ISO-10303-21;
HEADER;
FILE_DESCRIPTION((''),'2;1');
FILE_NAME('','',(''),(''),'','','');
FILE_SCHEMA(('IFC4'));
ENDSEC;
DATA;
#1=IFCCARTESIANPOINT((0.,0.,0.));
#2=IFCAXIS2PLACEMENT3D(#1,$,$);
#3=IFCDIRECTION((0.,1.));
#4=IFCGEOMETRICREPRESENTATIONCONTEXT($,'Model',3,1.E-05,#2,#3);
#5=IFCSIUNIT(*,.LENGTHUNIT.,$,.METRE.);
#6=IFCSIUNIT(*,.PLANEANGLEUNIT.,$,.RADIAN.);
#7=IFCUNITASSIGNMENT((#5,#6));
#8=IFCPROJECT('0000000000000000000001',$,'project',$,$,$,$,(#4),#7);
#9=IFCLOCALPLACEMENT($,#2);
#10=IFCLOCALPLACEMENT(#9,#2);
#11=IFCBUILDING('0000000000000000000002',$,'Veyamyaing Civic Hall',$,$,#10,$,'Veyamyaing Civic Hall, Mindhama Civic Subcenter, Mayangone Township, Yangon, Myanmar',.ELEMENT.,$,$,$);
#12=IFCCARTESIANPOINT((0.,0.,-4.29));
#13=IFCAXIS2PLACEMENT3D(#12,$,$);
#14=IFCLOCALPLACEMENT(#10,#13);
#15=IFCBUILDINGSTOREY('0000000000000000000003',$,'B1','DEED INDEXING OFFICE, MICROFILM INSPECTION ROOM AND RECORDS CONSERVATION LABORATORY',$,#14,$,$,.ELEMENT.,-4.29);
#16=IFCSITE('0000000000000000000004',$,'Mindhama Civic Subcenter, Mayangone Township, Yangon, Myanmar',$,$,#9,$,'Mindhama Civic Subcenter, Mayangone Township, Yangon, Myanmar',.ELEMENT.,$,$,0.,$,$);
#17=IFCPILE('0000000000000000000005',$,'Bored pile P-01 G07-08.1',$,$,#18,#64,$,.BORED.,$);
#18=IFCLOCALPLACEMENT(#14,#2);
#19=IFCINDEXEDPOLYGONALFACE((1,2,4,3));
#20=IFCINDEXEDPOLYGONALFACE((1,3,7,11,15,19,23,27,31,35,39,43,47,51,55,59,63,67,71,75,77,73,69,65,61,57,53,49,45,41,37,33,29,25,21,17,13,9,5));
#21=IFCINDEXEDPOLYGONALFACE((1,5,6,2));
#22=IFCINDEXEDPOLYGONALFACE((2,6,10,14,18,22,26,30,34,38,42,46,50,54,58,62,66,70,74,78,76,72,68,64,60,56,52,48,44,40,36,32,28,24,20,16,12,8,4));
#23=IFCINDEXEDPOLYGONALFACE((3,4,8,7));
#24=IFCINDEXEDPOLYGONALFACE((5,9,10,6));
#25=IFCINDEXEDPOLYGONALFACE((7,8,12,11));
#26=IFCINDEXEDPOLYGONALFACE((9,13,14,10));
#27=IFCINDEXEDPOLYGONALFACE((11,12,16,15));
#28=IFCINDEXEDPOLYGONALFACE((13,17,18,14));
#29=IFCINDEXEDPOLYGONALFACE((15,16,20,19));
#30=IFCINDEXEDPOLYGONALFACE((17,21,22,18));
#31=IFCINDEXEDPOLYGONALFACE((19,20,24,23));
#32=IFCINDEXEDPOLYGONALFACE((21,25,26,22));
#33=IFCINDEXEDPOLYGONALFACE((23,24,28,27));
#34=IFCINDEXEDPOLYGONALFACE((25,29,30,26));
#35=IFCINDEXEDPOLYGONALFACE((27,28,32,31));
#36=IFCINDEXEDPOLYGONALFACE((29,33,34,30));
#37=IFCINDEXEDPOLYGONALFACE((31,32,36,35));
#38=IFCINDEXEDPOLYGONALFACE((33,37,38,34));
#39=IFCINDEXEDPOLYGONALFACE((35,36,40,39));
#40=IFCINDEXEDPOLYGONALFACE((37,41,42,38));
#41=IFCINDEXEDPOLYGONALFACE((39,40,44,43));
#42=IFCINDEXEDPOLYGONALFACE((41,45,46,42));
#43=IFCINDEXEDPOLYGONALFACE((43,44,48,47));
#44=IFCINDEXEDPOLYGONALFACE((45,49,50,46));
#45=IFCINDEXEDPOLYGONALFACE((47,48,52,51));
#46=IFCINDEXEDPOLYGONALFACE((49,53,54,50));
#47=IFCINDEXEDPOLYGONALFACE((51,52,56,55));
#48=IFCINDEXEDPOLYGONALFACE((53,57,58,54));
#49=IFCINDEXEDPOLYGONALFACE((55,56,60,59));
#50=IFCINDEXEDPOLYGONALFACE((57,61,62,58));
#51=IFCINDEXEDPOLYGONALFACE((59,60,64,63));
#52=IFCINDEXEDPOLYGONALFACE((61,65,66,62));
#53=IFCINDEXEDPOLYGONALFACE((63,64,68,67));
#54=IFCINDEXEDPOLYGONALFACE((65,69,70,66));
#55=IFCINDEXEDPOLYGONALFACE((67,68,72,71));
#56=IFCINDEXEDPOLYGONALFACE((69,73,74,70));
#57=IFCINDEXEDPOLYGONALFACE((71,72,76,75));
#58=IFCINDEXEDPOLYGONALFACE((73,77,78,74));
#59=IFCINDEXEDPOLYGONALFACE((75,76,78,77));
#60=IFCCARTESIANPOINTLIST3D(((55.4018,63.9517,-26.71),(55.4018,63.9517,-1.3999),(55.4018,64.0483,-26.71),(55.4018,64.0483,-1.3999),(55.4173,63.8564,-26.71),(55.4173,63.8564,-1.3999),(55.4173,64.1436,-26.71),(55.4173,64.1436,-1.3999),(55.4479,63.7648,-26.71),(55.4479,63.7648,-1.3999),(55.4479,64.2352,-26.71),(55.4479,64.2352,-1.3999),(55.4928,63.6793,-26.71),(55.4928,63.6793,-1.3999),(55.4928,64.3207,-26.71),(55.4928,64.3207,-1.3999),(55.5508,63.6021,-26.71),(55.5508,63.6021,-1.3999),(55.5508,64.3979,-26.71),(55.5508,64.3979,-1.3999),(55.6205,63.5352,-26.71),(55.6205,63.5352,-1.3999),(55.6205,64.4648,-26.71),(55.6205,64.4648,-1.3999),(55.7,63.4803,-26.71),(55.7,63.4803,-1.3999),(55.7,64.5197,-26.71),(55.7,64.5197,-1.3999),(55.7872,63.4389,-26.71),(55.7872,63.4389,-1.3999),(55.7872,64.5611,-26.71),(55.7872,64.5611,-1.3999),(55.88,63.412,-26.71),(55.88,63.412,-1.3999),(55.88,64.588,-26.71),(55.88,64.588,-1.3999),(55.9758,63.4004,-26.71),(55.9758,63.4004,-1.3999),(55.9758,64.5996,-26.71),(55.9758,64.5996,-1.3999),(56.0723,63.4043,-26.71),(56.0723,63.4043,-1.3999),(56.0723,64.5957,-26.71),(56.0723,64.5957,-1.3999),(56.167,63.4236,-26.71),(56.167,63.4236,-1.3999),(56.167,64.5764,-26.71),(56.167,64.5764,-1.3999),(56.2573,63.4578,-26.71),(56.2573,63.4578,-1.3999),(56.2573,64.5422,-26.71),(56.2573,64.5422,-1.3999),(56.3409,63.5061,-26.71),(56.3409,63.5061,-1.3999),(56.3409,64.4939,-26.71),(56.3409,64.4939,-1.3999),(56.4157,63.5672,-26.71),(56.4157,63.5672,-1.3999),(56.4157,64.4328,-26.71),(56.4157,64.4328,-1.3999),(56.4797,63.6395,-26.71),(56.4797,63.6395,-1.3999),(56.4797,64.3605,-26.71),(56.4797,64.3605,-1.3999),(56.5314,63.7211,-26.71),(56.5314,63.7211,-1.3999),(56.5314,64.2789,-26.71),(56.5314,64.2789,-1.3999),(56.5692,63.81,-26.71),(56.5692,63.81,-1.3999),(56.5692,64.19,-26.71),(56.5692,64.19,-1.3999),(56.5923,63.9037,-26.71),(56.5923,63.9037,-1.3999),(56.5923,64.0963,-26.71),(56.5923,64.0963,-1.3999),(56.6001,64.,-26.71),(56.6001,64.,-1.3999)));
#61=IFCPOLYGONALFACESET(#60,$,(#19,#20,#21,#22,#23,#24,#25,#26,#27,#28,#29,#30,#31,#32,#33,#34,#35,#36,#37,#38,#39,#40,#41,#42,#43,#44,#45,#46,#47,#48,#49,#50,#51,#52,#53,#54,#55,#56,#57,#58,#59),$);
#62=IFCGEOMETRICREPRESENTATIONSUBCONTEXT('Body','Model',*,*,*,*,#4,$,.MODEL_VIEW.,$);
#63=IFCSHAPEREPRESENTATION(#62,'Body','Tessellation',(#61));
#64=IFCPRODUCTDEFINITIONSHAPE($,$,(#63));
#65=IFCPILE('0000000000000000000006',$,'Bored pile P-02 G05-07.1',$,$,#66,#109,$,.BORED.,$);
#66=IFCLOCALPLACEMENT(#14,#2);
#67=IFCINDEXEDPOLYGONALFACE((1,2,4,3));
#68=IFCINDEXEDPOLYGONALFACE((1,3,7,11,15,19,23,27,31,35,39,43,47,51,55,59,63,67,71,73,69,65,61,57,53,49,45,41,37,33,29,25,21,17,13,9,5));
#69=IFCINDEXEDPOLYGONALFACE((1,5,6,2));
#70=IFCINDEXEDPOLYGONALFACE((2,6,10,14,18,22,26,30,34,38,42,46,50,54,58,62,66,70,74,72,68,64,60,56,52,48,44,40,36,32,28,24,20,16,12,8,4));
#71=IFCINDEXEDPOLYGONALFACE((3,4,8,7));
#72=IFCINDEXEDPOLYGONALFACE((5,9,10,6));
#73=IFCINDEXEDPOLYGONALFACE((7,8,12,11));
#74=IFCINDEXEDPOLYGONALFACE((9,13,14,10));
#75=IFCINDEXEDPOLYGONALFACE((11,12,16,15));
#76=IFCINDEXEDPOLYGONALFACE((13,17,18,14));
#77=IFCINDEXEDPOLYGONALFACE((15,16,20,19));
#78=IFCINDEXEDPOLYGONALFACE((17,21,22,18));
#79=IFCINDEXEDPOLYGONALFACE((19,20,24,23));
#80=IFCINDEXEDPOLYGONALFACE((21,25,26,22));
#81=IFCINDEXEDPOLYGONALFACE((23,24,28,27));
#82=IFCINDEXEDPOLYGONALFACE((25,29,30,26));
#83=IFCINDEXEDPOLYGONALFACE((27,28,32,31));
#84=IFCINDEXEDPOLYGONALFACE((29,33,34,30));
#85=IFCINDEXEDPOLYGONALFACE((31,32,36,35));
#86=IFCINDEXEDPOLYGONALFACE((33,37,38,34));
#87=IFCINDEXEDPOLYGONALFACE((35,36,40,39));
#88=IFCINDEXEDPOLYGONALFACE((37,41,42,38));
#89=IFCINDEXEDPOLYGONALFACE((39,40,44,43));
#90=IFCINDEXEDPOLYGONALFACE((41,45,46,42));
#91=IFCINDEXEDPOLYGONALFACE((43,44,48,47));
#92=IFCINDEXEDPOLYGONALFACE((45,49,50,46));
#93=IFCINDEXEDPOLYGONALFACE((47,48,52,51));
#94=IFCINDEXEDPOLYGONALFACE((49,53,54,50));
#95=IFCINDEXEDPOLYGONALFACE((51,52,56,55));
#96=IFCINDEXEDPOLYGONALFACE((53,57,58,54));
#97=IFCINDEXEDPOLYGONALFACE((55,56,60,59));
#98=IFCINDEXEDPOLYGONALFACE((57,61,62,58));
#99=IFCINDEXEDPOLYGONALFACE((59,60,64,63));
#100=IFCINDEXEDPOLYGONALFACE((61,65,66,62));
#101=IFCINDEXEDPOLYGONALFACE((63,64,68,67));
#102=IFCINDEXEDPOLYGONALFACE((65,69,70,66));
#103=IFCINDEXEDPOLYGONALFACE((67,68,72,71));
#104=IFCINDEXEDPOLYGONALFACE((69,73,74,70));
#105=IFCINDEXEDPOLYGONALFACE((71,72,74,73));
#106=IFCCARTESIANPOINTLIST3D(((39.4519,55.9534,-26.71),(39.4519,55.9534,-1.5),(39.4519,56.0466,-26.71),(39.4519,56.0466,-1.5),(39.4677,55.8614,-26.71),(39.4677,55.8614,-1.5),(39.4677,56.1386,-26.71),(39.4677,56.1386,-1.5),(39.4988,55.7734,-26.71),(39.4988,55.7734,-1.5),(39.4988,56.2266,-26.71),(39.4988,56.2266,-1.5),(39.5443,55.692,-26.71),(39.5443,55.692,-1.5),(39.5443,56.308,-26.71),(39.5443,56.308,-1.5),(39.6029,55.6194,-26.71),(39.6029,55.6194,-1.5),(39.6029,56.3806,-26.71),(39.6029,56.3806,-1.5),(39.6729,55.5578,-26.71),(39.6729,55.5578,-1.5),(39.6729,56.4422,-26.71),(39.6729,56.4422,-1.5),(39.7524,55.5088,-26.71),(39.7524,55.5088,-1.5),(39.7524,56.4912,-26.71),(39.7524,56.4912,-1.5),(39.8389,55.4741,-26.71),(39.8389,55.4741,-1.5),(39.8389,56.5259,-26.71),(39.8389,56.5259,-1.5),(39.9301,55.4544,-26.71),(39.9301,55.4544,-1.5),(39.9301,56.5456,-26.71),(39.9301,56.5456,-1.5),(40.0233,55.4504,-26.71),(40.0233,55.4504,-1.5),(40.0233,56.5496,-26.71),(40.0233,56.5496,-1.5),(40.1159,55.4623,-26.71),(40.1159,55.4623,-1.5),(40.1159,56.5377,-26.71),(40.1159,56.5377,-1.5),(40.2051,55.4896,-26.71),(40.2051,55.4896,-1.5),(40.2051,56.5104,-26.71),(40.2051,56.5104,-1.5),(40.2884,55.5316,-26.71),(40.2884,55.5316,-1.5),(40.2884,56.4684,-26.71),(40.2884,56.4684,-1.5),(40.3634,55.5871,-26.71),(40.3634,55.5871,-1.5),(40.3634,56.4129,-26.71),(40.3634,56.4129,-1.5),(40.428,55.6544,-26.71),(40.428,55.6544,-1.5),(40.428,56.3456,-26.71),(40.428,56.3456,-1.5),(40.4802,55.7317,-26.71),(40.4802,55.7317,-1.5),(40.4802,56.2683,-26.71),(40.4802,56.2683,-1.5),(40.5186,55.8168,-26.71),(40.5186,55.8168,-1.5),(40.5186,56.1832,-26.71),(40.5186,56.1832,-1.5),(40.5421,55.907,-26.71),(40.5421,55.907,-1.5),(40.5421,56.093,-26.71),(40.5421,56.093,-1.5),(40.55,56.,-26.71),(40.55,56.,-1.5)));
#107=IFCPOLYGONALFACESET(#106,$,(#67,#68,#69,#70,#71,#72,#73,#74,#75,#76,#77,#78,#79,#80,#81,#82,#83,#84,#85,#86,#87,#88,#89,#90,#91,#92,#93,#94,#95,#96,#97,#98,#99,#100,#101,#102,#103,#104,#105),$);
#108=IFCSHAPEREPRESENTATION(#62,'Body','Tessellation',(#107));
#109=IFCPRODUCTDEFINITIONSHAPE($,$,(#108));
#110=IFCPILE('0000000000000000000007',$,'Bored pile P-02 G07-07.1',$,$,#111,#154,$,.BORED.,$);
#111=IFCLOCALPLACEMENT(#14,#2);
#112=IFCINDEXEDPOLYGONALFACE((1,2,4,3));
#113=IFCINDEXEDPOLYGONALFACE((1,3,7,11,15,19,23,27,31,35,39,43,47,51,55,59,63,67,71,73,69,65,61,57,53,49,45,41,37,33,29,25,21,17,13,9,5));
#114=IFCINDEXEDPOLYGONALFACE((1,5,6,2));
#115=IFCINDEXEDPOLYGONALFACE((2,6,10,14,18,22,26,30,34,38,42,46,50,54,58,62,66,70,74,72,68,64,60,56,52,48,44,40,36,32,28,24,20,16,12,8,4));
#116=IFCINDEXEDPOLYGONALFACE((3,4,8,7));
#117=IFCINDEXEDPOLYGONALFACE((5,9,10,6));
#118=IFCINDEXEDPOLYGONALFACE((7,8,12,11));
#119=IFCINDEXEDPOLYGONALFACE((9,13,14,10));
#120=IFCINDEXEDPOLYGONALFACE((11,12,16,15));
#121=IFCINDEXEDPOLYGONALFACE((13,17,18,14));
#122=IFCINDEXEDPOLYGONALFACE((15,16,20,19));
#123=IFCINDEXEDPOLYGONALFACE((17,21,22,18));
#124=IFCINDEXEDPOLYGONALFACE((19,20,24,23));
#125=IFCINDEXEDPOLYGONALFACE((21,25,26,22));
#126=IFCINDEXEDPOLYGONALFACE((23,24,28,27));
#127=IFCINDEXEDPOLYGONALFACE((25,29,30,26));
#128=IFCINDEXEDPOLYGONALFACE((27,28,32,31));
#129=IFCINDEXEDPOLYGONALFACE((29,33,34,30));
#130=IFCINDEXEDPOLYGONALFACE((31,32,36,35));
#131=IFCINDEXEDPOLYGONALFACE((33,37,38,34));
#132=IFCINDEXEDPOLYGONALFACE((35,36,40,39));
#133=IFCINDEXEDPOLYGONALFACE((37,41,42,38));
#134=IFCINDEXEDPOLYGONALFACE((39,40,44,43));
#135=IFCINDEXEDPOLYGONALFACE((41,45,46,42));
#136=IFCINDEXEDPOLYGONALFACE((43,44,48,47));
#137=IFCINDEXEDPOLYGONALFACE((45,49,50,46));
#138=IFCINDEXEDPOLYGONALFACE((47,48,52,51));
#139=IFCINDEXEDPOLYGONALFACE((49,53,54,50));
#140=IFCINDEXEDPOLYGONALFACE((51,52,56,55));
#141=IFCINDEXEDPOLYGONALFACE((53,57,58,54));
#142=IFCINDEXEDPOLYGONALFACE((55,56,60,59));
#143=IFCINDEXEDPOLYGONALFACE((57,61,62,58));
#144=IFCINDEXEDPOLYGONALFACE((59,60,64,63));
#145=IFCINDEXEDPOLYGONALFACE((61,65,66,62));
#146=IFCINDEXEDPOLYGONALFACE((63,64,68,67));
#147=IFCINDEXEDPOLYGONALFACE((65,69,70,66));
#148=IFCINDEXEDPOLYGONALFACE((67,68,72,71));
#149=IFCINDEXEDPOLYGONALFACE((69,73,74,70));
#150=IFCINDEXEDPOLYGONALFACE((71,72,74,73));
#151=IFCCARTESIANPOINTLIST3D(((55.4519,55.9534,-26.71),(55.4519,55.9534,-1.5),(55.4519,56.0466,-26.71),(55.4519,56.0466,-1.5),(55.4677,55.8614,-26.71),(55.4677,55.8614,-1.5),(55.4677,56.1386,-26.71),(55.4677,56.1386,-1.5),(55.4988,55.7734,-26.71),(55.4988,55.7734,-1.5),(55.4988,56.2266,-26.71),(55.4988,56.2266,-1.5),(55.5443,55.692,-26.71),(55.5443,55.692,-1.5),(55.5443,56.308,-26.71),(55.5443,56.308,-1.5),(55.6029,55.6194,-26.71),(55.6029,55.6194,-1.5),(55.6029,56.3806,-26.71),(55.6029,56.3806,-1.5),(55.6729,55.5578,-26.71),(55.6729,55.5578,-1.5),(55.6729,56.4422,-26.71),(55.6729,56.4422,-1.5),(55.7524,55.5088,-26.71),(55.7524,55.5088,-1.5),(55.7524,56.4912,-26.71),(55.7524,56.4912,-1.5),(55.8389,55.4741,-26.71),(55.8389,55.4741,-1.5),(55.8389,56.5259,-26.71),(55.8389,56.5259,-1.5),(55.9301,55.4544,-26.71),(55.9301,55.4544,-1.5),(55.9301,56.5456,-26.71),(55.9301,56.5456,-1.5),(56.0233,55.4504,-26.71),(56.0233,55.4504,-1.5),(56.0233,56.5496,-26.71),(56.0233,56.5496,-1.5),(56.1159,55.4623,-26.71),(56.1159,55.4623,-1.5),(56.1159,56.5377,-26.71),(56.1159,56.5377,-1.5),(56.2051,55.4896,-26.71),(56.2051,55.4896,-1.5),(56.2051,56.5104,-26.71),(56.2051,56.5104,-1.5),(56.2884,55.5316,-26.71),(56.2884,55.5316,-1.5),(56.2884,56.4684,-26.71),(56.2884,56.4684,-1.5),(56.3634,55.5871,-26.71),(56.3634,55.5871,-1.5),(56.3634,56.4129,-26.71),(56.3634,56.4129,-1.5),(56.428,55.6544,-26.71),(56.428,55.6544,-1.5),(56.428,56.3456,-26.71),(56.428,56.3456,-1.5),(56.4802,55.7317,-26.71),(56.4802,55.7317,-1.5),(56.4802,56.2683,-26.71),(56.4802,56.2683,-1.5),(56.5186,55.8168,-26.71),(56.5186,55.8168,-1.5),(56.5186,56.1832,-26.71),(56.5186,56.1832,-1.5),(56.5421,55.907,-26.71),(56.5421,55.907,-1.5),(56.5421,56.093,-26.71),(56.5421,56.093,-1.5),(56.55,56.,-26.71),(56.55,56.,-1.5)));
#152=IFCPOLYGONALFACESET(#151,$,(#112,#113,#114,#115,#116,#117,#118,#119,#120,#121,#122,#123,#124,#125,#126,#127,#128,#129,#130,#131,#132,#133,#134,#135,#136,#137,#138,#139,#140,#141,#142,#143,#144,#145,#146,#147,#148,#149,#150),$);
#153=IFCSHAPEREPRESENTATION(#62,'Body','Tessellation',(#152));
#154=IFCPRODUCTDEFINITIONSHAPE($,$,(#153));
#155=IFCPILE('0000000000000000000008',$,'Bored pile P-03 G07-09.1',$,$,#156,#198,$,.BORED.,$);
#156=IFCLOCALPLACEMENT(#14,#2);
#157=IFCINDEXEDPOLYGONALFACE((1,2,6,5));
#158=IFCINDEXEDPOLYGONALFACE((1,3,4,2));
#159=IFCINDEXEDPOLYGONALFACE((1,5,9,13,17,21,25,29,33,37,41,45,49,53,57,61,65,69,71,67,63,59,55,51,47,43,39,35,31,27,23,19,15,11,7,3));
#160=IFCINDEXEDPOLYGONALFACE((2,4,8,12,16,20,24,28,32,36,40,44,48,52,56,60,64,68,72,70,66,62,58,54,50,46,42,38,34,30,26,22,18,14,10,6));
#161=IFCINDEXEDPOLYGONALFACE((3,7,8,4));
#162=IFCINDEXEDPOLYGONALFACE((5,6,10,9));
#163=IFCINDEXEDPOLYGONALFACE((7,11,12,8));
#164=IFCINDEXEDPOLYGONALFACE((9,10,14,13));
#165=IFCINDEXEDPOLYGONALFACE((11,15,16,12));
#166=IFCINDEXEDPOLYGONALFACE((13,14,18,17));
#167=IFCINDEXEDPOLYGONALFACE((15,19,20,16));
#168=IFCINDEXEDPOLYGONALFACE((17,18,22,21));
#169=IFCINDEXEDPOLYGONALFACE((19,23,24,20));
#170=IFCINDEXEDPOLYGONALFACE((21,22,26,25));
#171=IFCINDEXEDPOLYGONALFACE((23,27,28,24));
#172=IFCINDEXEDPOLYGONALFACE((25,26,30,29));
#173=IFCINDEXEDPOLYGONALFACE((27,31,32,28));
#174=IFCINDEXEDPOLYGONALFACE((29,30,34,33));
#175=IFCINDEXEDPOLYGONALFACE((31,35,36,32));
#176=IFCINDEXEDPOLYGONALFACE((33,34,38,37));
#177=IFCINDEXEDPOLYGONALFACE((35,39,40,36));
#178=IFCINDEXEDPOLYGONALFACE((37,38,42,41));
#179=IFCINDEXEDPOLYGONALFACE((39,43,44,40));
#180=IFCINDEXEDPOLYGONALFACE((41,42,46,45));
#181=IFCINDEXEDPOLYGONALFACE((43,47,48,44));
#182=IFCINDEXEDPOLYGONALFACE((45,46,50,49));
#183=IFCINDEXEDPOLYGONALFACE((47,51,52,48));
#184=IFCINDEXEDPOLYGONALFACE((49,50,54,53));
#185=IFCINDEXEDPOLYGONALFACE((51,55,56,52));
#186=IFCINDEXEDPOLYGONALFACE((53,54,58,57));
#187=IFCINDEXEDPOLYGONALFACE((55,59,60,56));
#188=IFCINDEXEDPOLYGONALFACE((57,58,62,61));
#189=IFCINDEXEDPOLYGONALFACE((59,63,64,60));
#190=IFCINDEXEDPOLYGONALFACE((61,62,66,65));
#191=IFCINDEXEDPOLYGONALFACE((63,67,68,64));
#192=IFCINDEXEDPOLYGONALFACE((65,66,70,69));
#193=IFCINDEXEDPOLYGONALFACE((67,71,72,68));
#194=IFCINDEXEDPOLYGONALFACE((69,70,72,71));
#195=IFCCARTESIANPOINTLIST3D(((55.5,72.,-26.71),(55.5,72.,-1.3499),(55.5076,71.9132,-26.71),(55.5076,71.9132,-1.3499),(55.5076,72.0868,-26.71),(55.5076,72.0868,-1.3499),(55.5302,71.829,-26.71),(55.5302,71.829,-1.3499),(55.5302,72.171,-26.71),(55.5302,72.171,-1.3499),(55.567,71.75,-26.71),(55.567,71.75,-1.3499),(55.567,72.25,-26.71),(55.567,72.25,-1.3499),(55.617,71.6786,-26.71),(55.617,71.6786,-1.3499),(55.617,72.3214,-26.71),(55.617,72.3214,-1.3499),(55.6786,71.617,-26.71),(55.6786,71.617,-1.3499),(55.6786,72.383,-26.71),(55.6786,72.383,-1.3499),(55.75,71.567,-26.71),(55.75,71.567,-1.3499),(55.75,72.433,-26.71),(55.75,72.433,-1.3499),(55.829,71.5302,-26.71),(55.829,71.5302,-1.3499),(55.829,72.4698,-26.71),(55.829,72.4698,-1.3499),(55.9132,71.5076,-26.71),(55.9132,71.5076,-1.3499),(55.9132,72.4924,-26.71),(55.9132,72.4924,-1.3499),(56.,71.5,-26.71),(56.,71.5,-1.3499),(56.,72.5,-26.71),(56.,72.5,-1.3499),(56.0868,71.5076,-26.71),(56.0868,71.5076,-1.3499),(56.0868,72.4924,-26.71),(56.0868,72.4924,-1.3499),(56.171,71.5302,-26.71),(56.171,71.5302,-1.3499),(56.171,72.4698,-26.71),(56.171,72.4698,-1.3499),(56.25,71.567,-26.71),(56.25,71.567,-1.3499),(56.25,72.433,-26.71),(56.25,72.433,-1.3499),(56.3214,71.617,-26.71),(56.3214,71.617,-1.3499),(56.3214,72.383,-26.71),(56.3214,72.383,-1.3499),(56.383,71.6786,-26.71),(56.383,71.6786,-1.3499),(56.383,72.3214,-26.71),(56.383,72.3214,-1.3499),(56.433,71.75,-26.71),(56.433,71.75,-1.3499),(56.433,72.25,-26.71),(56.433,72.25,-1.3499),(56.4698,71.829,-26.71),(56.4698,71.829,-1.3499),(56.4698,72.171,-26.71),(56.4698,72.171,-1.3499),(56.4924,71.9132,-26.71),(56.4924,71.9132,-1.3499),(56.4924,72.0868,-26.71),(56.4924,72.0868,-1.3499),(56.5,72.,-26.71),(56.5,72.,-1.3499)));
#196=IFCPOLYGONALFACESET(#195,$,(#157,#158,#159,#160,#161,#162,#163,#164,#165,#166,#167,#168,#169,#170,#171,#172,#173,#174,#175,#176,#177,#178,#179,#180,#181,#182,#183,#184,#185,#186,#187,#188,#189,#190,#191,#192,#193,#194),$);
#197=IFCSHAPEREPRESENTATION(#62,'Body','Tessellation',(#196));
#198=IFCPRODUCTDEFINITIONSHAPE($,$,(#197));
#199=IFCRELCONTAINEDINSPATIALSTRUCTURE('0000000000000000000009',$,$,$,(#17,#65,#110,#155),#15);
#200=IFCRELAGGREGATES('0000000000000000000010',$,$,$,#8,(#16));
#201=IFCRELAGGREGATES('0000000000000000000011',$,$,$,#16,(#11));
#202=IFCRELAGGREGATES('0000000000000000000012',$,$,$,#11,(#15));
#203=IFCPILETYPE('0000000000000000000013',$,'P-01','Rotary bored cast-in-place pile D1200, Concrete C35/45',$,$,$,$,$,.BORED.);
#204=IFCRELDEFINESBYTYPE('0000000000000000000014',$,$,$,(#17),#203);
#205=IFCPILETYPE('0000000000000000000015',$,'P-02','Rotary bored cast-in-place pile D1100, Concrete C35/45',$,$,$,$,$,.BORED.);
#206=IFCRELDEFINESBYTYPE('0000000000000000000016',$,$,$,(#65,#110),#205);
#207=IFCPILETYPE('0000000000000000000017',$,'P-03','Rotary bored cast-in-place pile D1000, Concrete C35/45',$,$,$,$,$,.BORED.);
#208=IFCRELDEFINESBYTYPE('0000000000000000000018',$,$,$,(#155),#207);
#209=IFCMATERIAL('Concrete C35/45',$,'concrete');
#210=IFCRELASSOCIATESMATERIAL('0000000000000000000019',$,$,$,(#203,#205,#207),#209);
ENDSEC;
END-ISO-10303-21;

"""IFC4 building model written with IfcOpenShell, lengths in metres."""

from ifc_helpers import new_model, si_unit, direction, frame, origin, origin_2d, place, context, subcontext, project, spatial, circle, extrude, material, material_profile, profile_set, type_object, element, save


model = new_model("IFC4")

# Units and contexts
model_context = context("Model", 3, precision=1e-05, world=origin(), true_north=direction((0.0, 1.0)))
body_context = subcontext(model_context, "Body", "Model", "MODEL_VIEW")
ifc_project = project(units=[si_unit("LENGTHUNIT", "METRE"), si_unit("PLANEANGLEUNIT", "RADIAN")], contexts=[model_context])

# Site, building, storey
site_placement = place(None, origin())
site = spatial("IfcSite", under=ifc_project, at=site_placement, Name="Mindhama Civic Subcenter, Mayangone Township, Yangon, Myanmar", LongName="Mindhama Civic Subcenter, Mayangone Township, Yangon, Myanmar", CompositionType="ELEMENT", RefElevation=0.0)
building_placement = place(site_placement, origin())
building = spatial("IfcBuilding", under=site, at=building_placement, Name="Veyamyaing Civic Hall", LongName="Veyamyaing Civic Hall, Mindhama Civic Subcenter, Mayangone Township, Yangon, Myanmar", CompositionType="ELEMENT")
storey_placement = place(building_placement, frame((0.0, 0.0, -4.29)))
storey = spatial("IfcBuildingStorey", under=building, at=storey_placement, Name="B1", Description="DEED INDEXING OFFICE, MICROFILM INSPECTION ROOM AND RECORDS CONSERVATION LABORATORY", CompositionType="ELEMENT", Elevation=-4.29)

# Piles
ifc_material_1 = material(Name="Concrete C35/45", Category="concrete")
ifc_material_profile_1 = material_profile(ifc_material_1, circle(Radius=0.6001, at=origin_2d()), Name="PILE-D1200")
ifc_profile_set_1 = profile_set([ifc_material_profile_1], Name="Concrete C35/45")
pile_type_1 = type_object("IfcPileType", Name="P-01", Description="Rotary bored cast-in-place pile D1200, Concrete C35/45", PredefinedType="BORED", material=ifc_profile_set_1)
for number, where, z_axis, x_axis, name in (
    (1, (56.0, 64.0, -1.3999), (0.0, 0.0, -1.0), (1.0, 0.0, 0.0), "Bored pile P-01 G07-08.1"),
):
    element("IfcPile", number, at=place(storey_placement, frame(where, z_axis=z_axis, x_axis=x_axis)), inside=storey, type_object=pile_type_1, Name=name, PredefinedType="BORED", context=body_context, shape_type="SweptSolid", body=[
        extrude(circle(Radius=0.6001, at=origin_2d()), origin(), (0.0, 0.0, 1.0), 25.3101),
    ])
ifc_material_profile_2 = material_profile(ifc_material_1, circle(Radius=0.55, at=origin_2d()), Name="PILE-D1100")
ifc_profile_set_2 = profile_set([ifc_material_profile_2], Name="Concrete C35/45")
pile_type_2 = type_object("IfcPileType", Name="P-02", Description="Rotary bored cast-in-place pile D1100, Concrete C35/45", PredefinedType="BORED", material=ifc_profile_set_2)
for number, where, z_axis, x_axis, name in (
    (2, (40.0, 56.0, -1.5), (0.0, 0.0, -1.0), (1.0, 0.0, 0.0), "Bored pile P-02 G05-07.1"),
    (3, (56.0, 56.0, -1.5), (0.0, 0.0, -1.0), (1.0, 0.0, 0.0), "Bored pile P-02 G07-07.1"),
):
    element("IfcPile", number, at=place(storey_placement, frame(where, z_axis=z_axis, x_axis=x_axis)), inside=storey, type_object=pile_type_2, Name=name, PredefinedType="BORED", context=body_context, shape_type="SweptSolid", body=[
        extrude(circle(Radius=0.55, at=origin_2d()), origin(), (0.0, 0.0, 1.0), 25.21),
    ])
ifc_material_profile_3 = material_profile(ifc_material_1, circle(Radius=0.5, at=origin_2d()), Name="PILE-D1000")
ifc_profile_set_3 = profile_set([ifc_material_profile_3], Name="Concrete C35/45")
pile_type_3 = type_object("IfcPileType", Name="P-03", Description="Rotary bored cast-in-place pile D1000, Concrete C35/45", PredefinedType="BORED", material=ifc_profile_set_3)
pile_1_placement = place(storey_placement, frame((56.0, 72.0, -1.3499), z_axis=(0.0, 0.0, -1.0), x_axis=(1.0, 0.0, 0.0)))
element("IfcPile", 4, at=pile_1_placement, inside=storey, type_object=pile_type_3, Name="Bored pile P-03 G07-09.1", PredefinedType="BORED", context=body_context, shape_type="SweptSolid", body=[
    extrude(circle(Radius=0.5, at=origin_2d()), origin(), (0.0, 0.0, 1.0), 25.3601),
])

save(model, "model.ifc")
